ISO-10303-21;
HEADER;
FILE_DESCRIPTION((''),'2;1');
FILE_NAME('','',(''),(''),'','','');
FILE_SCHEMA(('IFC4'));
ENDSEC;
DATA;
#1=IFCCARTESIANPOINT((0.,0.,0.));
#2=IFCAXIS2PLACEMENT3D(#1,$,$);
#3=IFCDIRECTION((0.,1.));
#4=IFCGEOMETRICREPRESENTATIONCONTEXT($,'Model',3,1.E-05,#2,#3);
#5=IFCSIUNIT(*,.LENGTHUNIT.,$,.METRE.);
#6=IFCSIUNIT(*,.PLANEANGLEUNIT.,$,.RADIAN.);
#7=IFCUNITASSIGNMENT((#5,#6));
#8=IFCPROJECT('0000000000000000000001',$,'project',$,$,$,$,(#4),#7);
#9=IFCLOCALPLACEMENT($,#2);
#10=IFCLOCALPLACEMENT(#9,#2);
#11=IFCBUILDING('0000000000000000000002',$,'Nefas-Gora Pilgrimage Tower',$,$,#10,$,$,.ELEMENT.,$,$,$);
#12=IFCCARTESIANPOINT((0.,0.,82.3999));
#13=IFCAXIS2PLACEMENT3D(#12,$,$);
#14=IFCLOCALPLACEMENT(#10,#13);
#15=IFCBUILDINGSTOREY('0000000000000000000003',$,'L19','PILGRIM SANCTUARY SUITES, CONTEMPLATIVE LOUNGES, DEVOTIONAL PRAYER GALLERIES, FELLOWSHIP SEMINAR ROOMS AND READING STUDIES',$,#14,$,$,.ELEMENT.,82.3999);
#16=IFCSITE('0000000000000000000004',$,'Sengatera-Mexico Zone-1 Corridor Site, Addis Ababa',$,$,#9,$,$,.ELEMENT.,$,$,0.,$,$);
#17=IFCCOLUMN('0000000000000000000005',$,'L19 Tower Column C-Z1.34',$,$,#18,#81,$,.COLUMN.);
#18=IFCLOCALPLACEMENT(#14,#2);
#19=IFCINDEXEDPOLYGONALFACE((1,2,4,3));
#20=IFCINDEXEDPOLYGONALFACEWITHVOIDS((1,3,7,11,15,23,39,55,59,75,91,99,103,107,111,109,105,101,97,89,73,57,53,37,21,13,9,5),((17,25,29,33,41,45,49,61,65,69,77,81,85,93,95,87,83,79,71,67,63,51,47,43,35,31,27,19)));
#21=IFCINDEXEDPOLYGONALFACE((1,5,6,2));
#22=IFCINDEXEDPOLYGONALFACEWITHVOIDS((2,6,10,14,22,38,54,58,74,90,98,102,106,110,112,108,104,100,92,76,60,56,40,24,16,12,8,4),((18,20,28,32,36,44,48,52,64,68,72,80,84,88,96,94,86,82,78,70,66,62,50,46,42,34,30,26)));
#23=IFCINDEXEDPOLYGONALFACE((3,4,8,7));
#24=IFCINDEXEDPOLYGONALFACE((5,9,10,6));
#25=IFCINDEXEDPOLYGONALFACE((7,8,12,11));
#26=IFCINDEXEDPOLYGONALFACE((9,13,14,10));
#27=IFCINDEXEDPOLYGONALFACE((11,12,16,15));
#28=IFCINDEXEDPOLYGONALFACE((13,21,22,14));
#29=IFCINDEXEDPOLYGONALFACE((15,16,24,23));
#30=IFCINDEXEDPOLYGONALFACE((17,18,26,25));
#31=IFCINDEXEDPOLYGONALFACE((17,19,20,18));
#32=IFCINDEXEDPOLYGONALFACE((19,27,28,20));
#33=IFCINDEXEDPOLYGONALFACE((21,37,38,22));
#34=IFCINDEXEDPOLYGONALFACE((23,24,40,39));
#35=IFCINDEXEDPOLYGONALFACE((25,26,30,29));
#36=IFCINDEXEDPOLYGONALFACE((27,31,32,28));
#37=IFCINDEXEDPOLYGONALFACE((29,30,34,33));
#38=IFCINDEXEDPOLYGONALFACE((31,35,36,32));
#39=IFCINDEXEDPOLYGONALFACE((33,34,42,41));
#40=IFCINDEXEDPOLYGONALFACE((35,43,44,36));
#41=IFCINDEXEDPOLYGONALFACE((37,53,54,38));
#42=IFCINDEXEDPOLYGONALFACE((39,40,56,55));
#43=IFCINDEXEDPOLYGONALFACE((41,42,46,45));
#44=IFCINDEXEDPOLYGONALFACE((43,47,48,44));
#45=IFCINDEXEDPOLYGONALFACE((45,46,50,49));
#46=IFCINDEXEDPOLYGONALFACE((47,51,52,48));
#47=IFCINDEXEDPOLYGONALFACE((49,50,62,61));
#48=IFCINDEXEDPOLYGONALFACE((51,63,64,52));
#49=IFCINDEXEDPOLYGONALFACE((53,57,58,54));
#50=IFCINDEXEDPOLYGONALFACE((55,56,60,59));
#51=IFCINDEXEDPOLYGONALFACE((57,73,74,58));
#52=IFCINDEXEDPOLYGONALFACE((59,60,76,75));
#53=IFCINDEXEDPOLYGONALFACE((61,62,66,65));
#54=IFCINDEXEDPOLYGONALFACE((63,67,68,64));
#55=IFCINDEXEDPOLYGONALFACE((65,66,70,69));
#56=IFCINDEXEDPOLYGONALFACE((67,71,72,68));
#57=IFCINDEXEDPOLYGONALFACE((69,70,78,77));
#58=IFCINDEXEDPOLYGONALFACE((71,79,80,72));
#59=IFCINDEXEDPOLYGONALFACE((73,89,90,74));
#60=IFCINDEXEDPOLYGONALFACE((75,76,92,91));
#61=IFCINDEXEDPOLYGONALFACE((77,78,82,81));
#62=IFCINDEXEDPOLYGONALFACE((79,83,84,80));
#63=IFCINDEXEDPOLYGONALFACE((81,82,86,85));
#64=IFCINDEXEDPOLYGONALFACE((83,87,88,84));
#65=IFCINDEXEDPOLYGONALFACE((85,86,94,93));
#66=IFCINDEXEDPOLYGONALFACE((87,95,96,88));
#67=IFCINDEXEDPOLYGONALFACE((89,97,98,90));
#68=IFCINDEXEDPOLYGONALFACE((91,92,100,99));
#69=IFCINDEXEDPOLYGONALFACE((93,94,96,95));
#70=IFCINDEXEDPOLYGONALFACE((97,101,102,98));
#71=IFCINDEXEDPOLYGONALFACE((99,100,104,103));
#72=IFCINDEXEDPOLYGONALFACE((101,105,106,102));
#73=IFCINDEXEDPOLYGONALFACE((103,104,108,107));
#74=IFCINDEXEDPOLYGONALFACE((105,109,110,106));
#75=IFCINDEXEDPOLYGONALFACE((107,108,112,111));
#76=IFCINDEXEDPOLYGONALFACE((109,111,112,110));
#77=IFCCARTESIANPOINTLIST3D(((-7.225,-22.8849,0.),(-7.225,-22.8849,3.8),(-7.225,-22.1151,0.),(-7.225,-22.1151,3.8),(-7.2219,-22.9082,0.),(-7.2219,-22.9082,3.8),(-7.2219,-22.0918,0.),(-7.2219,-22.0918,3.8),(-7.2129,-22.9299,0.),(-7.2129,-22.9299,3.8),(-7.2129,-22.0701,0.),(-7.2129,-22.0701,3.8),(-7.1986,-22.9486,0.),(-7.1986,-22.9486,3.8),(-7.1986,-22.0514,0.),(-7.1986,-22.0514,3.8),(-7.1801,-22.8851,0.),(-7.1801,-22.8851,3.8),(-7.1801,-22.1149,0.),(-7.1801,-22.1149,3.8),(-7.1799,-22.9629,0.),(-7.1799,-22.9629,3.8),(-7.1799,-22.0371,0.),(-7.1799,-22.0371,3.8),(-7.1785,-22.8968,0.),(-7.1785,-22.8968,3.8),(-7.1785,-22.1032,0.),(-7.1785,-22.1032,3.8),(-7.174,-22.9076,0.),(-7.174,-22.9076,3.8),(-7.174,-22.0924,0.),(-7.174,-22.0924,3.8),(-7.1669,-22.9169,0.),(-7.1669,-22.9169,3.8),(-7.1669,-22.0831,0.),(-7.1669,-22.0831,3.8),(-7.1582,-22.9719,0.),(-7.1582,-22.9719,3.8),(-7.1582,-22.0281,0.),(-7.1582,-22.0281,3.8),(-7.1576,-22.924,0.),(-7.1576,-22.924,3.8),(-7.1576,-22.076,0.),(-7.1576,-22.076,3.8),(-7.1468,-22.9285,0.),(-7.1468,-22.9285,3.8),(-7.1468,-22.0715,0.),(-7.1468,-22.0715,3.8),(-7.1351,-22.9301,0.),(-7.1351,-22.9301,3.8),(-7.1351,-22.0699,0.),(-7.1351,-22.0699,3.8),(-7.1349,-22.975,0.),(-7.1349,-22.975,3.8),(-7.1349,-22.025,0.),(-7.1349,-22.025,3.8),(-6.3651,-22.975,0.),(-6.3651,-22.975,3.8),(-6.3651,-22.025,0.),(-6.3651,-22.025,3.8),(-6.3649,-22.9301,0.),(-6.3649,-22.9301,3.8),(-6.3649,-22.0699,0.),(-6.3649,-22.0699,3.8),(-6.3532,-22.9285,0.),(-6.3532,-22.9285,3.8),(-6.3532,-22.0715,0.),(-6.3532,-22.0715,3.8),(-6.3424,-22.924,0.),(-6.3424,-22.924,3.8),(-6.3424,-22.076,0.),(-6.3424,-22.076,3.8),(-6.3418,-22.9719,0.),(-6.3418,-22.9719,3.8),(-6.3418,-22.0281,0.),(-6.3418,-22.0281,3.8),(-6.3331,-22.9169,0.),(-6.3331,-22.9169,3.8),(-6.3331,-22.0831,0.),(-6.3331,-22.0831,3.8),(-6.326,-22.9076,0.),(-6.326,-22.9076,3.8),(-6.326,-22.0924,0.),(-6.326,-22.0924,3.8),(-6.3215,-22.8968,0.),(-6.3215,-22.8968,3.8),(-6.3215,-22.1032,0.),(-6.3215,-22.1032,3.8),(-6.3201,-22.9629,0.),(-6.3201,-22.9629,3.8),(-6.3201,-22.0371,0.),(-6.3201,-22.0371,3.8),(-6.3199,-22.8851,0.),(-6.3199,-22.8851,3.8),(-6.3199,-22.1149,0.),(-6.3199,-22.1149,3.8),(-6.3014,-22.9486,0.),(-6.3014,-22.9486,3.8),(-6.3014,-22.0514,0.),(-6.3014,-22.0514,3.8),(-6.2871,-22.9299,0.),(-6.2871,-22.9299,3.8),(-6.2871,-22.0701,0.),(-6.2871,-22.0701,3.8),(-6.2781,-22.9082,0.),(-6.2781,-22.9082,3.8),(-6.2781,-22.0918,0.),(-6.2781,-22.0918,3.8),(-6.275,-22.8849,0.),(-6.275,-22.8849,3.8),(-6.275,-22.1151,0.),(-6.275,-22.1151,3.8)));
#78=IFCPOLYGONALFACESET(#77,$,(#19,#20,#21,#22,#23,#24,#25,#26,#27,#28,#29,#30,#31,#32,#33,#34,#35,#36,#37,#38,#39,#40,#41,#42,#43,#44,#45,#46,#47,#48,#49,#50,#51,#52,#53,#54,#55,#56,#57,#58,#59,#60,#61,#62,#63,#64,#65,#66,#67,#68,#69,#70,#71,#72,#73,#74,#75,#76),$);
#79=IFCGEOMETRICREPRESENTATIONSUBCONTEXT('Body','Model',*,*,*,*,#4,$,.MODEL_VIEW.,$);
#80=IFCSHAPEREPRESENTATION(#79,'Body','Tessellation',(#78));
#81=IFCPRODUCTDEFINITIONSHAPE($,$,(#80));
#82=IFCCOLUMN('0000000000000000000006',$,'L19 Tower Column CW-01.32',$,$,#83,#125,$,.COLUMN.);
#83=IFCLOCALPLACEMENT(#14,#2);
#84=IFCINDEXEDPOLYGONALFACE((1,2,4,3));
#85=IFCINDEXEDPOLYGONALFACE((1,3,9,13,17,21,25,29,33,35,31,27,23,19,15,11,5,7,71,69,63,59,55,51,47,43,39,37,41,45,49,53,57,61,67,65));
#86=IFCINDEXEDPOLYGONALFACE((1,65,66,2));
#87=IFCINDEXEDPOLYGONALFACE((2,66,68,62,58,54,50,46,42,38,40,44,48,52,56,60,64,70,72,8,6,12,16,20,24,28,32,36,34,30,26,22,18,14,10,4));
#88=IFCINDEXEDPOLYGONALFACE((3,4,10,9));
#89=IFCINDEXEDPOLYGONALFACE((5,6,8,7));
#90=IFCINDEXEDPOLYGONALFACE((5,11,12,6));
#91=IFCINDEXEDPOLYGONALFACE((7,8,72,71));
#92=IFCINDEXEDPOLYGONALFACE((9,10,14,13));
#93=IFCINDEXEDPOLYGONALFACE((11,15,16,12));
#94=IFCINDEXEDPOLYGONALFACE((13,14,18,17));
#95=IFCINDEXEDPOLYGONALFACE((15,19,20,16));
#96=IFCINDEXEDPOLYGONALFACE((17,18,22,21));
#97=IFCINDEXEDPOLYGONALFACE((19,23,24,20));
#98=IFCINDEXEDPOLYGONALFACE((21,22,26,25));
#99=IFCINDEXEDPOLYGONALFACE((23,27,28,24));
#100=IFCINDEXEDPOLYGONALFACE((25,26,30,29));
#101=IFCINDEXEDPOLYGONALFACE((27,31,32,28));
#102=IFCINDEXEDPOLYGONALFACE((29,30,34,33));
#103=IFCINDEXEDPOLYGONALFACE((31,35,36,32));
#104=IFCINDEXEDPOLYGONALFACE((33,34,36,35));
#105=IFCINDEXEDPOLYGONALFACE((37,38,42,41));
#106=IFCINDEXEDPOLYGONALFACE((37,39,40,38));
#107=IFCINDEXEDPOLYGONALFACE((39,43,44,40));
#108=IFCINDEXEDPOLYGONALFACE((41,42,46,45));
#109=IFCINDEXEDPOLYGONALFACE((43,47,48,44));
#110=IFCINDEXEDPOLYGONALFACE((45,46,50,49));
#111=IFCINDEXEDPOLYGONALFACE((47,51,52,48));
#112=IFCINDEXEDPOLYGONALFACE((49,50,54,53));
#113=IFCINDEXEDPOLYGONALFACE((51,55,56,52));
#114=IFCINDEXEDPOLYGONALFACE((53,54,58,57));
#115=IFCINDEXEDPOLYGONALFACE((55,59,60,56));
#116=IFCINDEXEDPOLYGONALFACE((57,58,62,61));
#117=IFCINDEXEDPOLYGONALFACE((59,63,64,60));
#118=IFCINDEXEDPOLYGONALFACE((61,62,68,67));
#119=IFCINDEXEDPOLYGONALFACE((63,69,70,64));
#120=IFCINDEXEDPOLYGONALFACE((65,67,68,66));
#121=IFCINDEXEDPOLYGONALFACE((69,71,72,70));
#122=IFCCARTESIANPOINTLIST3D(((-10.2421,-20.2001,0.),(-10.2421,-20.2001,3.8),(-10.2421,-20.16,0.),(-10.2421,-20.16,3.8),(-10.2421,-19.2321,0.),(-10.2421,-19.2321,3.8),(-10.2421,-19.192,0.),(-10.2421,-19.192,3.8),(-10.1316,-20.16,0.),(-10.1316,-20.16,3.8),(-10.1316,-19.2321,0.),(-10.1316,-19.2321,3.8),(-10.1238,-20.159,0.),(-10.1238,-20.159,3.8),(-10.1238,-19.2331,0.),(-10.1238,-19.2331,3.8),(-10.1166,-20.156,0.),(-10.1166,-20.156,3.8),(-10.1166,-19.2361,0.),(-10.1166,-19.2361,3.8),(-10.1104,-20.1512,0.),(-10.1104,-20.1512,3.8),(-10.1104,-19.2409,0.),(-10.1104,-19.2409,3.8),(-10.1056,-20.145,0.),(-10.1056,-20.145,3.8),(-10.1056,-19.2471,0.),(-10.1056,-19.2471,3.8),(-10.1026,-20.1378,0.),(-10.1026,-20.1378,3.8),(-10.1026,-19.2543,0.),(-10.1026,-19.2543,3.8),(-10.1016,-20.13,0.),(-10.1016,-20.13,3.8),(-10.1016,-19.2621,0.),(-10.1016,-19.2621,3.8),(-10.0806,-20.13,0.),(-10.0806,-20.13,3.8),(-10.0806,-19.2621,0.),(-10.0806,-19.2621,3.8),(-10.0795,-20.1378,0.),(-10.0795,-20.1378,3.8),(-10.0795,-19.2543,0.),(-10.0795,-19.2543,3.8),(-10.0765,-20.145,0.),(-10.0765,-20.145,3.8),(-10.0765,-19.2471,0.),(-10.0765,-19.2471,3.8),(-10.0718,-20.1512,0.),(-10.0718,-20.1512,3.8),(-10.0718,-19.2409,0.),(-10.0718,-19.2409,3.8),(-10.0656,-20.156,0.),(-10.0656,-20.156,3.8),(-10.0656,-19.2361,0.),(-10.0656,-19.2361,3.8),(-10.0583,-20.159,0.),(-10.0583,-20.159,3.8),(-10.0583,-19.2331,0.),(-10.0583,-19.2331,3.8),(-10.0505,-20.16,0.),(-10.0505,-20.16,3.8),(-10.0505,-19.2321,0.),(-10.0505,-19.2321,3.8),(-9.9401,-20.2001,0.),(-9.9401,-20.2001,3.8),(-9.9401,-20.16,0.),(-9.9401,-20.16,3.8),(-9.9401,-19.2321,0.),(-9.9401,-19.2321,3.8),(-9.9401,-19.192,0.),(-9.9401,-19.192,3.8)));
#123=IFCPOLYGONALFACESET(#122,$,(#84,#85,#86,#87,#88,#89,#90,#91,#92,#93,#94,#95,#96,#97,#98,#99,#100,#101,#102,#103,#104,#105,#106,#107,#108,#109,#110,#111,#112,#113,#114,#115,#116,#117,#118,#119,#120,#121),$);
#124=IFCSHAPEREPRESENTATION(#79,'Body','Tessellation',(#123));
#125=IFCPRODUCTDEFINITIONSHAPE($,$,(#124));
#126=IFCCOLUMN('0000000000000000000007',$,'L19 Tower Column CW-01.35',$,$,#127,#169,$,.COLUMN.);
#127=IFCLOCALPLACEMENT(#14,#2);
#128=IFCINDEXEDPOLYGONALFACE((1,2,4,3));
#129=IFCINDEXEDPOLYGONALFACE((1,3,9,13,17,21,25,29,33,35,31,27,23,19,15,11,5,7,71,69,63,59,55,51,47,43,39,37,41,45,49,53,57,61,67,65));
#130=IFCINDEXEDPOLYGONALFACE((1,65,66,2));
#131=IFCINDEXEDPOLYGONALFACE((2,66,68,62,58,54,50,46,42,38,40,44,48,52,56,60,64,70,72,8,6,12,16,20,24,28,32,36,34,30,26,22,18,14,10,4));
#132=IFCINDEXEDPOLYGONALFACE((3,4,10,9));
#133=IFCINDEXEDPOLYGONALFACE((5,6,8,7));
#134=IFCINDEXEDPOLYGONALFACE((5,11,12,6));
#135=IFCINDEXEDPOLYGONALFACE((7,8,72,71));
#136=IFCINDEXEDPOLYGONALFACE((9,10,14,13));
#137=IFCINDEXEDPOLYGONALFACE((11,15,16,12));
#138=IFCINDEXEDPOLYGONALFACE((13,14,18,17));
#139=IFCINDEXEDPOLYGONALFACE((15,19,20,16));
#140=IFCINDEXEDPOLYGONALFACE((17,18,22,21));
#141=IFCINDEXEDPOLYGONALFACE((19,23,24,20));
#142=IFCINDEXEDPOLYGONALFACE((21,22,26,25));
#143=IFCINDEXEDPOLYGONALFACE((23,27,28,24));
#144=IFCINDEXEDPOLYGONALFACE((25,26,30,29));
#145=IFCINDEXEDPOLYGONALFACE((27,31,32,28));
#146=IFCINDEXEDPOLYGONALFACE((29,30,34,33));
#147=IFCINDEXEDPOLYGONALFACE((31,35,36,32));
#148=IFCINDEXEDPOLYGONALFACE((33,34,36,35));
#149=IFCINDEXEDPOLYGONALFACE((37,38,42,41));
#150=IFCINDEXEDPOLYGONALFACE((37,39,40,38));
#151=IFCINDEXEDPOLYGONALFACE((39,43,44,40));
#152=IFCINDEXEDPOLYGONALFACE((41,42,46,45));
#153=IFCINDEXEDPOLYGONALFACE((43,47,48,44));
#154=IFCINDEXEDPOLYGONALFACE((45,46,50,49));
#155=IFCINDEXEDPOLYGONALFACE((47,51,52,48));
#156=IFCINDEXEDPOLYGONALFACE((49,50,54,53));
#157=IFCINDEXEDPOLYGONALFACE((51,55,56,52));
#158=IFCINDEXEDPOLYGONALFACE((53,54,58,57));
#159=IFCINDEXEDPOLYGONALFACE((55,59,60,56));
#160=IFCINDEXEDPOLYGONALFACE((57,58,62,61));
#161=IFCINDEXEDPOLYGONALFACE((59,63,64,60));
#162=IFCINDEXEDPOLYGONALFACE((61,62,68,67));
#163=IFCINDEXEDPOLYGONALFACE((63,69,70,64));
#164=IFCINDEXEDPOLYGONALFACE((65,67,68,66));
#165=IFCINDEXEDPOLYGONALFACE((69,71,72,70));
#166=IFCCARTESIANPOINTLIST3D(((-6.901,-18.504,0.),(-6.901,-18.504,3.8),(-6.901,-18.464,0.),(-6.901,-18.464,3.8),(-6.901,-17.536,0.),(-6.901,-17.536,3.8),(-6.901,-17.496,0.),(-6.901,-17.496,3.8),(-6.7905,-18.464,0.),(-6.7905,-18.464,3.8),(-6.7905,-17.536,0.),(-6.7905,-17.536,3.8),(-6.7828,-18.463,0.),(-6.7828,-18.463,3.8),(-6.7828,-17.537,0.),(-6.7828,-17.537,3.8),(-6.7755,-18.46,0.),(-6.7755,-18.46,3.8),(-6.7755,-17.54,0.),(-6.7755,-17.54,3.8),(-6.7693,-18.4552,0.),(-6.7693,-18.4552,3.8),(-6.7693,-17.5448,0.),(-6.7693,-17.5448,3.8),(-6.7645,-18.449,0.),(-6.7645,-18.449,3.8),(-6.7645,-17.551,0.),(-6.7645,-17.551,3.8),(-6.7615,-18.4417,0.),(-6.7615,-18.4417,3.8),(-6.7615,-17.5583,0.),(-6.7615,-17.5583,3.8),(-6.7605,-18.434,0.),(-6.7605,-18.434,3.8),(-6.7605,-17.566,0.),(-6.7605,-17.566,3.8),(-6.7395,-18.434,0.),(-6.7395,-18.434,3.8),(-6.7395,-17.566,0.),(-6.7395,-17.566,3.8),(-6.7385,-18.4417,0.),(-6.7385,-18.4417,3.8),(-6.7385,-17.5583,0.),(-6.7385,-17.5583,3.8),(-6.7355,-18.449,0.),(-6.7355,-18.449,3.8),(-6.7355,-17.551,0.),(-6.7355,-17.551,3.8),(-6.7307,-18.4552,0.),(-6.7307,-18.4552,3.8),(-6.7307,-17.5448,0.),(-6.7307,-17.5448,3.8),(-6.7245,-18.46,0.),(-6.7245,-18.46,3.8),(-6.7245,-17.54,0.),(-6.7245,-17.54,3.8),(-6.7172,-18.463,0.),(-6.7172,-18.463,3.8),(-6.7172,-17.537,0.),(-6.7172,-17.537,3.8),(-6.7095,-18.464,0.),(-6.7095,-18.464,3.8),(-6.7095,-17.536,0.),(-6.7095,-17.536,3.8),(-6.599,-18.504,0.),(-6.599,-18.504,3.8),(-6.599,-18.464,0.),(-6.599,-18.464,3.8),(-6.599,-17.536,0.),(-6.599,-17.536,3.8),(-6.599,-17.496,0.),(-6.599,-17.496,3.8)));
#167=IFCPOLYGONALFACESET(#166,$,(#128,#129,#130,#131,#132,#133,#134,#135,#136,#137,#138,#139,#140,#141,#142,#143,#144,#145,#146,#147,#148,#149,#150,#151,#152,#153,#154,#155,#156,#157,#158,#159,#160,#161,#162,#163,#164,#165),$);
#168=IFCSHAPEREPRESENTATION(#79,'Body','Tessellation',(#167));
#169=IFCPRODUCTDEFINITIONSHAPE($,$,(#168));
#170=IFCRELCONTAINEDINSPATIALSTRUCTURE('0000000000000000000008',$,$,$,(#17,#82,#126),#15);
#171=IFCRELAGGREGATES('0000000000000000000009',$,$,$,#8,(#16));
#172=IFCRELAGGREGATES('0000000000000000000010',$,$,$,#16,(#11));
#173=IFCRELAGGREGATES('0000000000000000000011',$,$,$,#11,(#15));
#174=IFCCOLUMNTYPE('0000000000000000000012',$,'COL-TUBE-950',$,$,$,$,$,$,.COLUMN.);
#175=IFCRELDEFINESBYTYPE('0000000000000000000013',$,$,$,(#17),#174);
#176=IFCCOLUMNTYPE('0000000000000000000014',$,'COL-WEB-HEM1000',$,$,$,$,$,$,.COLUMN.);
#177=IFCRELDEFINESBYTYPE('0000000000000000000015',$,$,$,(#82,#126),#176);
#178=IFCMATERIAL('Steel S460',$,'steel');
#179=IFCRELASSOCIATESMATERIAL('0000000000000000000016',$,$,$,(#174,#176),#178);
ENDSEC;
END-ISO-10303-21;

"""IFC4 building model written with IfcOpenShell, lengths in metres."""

from ifc_helpers import new_model, si_unit, direction, frame, origin, origin_2d, place, context, subcontext, project, spatial, hollow_rectangle, i_section, extrude, source, transform, mapped, material, material_profile, profile_set, type_object, element, save


model = new_model("IFC4")

# Units and contexts
model_context = context("Model", 3, precision=1e-05, world=origin(), true_north=direction((0.0, 1.0)))
body_context = subcontext(model_context, "Body", "Model", "MODEL_VIEW")
ifc_project = project(units=[si_unit("LENGTHUNIT", "METRE"), si_unit("PLANEANGLEUNIT", "RADIAN")], contexts=[model_context])

# Site, building, storey
site_placement = place(None, origin())
site = spatial("IfcSite", under=ifc_project, at=site_placement, Name="Sengatera-Mexico Zone-1 Corridor Site, Addis Ababa", CompositionType="ELEMENT", RefElevation=0.0)
building_placement = place(site_placement, origin())
building = spatial("IfcBuilding", under=site, at=building_placement, Name="Nefas-Gora Pilgrimage Tower", CompositionType="ELEMENT")
storey_placement = place(building_placement, frame((0.0, 0.0, 82.3999)))
storey = spatial("IfcBuildingStorey", under=building, at=storey_placement, Name="L19", Description="PILGRIM SANCTUARY SUITES, CONTEMPLATIVE LOUNGES, DEVOTIONAL PRAYER GALLERIES, FELLOWSHIP SEMINAR ROOMS AND READING STUDIES", CompositionType="ELEMENT", Elevation=82.3999)

# Columns
ifc_material_1 = material(Name="Steel S460", Category="steel")
ifc_material_profile_1 = material_profile(ifc_material_1, hollow_rectangle(XDim=0.95, YDim=0.95, WallThickness=0.0449, InnerFilletRadius=0.0449, OuterFilletRadius=0.0901, at=origin_2d()), Name="BOX 950x950x45")
ifc_profile_set_1 = profile_set([ifc_material_profile_1], Name="Steel S460")
column_type_1 = type_object("IfcColumnType", Name="COL-TUBE-950", PredefinedType="COLUMN", material=ifc_profile_set_1)
shared_shape_1 = source(origin(), body_context, "Body", "SweptSolid", [
    extrude(hollow_rectangle(XDim=0.95, YDim=0.95, WallThickness=0.0449, InnerFilletRadius=0.0449, OuterFilletRadius=0.0901, at=origin_2d()), origin(), (0.0, 0.0, 1.0), 3.8),
])
column_placement = place(storey_placement, frame((-6.75, -22.5, 0.0), z_axis=(0.0, 0.0, 1.0), x_axis=(1.0, 0.0, 0.0)))
element("IfcColumn", 1, at=column_placement, inside=storey, type_object=column_type_1, Name="L19 Tower Column C-Z1.34", PredefinedType="COLUMN", context=body_context, shape_type="MappedRepresentation", body=[
    mapped(shared_shape_1, transform((0.0, 0.0, 0.0), x_axis=(1.0, 0.0, 0.0), y_axis=(0.0, 1.0, 0.0), z_axis=(0.0, 0.0, 1.0), scale=1.0)),
])
ifc_material_profile_2 = material_profile(ifc_material_1, i_section(OverallWidth=0.302, OverallDepth=1.0081, WebThickness=0.021, FlangeThickness=0.04, FilletRadius=0.03, at=origin_2d()), Name="HEM 1000")
ifc_profile_set_2 = profile_set([ifc_material_profile_2], Name="Steel S460")
column_type_2 = type_object("IfcColumnType", Name="COL-WEB-HEM1000", PredefinedType="COLUMN", material=ifc_profile_set_2)
shared_shape_2 = source(origin(), body_context, "Body", "SweptSolid", [
    extrude(i_section(OverallWidth=0.302, OverallDepth=1.0081, WebThickness=0.021, FlangeThickness=0.04, FilletRadius=0.03, at=origin_2d()), origin(), (0.0, 0.0, 1.0), 3.8),
])
for number, where, z_axis, x_axis, name in (
    (2, (-10.0911, -19.696, 0.0), (0.0, 0.0, 1.0), (1.0, 0.0, 0.0), "L19 Tower Column CW-01.32"),
    (3, (-6.75, -18.0, 0.0), (0.0, 0.0, 1.0), (1.0, 0.0, 0.0), "L19 Tower Column CW-01.35"),
):
    element("IfcColumn", number, at=place(storey_placement, frame(where, z_axis=z_axis, x_axis=x_axis)), inside=storey, type_object=column_type_2, Name=name, PredefinedType="COLUMN", context=body_context, shape_type="MappedRepresentation", body=[
        mapped(shared_shape_2, transform((0.0, 0.0, 0.0), x_axis=(1.0, 0.0, 0.0), y_axis=(0.0, 1.0, 0.0), z_axis=(0.0, 0.0, 1.0), scale=1.0)),
    ])

save(model, "model.ifc")
